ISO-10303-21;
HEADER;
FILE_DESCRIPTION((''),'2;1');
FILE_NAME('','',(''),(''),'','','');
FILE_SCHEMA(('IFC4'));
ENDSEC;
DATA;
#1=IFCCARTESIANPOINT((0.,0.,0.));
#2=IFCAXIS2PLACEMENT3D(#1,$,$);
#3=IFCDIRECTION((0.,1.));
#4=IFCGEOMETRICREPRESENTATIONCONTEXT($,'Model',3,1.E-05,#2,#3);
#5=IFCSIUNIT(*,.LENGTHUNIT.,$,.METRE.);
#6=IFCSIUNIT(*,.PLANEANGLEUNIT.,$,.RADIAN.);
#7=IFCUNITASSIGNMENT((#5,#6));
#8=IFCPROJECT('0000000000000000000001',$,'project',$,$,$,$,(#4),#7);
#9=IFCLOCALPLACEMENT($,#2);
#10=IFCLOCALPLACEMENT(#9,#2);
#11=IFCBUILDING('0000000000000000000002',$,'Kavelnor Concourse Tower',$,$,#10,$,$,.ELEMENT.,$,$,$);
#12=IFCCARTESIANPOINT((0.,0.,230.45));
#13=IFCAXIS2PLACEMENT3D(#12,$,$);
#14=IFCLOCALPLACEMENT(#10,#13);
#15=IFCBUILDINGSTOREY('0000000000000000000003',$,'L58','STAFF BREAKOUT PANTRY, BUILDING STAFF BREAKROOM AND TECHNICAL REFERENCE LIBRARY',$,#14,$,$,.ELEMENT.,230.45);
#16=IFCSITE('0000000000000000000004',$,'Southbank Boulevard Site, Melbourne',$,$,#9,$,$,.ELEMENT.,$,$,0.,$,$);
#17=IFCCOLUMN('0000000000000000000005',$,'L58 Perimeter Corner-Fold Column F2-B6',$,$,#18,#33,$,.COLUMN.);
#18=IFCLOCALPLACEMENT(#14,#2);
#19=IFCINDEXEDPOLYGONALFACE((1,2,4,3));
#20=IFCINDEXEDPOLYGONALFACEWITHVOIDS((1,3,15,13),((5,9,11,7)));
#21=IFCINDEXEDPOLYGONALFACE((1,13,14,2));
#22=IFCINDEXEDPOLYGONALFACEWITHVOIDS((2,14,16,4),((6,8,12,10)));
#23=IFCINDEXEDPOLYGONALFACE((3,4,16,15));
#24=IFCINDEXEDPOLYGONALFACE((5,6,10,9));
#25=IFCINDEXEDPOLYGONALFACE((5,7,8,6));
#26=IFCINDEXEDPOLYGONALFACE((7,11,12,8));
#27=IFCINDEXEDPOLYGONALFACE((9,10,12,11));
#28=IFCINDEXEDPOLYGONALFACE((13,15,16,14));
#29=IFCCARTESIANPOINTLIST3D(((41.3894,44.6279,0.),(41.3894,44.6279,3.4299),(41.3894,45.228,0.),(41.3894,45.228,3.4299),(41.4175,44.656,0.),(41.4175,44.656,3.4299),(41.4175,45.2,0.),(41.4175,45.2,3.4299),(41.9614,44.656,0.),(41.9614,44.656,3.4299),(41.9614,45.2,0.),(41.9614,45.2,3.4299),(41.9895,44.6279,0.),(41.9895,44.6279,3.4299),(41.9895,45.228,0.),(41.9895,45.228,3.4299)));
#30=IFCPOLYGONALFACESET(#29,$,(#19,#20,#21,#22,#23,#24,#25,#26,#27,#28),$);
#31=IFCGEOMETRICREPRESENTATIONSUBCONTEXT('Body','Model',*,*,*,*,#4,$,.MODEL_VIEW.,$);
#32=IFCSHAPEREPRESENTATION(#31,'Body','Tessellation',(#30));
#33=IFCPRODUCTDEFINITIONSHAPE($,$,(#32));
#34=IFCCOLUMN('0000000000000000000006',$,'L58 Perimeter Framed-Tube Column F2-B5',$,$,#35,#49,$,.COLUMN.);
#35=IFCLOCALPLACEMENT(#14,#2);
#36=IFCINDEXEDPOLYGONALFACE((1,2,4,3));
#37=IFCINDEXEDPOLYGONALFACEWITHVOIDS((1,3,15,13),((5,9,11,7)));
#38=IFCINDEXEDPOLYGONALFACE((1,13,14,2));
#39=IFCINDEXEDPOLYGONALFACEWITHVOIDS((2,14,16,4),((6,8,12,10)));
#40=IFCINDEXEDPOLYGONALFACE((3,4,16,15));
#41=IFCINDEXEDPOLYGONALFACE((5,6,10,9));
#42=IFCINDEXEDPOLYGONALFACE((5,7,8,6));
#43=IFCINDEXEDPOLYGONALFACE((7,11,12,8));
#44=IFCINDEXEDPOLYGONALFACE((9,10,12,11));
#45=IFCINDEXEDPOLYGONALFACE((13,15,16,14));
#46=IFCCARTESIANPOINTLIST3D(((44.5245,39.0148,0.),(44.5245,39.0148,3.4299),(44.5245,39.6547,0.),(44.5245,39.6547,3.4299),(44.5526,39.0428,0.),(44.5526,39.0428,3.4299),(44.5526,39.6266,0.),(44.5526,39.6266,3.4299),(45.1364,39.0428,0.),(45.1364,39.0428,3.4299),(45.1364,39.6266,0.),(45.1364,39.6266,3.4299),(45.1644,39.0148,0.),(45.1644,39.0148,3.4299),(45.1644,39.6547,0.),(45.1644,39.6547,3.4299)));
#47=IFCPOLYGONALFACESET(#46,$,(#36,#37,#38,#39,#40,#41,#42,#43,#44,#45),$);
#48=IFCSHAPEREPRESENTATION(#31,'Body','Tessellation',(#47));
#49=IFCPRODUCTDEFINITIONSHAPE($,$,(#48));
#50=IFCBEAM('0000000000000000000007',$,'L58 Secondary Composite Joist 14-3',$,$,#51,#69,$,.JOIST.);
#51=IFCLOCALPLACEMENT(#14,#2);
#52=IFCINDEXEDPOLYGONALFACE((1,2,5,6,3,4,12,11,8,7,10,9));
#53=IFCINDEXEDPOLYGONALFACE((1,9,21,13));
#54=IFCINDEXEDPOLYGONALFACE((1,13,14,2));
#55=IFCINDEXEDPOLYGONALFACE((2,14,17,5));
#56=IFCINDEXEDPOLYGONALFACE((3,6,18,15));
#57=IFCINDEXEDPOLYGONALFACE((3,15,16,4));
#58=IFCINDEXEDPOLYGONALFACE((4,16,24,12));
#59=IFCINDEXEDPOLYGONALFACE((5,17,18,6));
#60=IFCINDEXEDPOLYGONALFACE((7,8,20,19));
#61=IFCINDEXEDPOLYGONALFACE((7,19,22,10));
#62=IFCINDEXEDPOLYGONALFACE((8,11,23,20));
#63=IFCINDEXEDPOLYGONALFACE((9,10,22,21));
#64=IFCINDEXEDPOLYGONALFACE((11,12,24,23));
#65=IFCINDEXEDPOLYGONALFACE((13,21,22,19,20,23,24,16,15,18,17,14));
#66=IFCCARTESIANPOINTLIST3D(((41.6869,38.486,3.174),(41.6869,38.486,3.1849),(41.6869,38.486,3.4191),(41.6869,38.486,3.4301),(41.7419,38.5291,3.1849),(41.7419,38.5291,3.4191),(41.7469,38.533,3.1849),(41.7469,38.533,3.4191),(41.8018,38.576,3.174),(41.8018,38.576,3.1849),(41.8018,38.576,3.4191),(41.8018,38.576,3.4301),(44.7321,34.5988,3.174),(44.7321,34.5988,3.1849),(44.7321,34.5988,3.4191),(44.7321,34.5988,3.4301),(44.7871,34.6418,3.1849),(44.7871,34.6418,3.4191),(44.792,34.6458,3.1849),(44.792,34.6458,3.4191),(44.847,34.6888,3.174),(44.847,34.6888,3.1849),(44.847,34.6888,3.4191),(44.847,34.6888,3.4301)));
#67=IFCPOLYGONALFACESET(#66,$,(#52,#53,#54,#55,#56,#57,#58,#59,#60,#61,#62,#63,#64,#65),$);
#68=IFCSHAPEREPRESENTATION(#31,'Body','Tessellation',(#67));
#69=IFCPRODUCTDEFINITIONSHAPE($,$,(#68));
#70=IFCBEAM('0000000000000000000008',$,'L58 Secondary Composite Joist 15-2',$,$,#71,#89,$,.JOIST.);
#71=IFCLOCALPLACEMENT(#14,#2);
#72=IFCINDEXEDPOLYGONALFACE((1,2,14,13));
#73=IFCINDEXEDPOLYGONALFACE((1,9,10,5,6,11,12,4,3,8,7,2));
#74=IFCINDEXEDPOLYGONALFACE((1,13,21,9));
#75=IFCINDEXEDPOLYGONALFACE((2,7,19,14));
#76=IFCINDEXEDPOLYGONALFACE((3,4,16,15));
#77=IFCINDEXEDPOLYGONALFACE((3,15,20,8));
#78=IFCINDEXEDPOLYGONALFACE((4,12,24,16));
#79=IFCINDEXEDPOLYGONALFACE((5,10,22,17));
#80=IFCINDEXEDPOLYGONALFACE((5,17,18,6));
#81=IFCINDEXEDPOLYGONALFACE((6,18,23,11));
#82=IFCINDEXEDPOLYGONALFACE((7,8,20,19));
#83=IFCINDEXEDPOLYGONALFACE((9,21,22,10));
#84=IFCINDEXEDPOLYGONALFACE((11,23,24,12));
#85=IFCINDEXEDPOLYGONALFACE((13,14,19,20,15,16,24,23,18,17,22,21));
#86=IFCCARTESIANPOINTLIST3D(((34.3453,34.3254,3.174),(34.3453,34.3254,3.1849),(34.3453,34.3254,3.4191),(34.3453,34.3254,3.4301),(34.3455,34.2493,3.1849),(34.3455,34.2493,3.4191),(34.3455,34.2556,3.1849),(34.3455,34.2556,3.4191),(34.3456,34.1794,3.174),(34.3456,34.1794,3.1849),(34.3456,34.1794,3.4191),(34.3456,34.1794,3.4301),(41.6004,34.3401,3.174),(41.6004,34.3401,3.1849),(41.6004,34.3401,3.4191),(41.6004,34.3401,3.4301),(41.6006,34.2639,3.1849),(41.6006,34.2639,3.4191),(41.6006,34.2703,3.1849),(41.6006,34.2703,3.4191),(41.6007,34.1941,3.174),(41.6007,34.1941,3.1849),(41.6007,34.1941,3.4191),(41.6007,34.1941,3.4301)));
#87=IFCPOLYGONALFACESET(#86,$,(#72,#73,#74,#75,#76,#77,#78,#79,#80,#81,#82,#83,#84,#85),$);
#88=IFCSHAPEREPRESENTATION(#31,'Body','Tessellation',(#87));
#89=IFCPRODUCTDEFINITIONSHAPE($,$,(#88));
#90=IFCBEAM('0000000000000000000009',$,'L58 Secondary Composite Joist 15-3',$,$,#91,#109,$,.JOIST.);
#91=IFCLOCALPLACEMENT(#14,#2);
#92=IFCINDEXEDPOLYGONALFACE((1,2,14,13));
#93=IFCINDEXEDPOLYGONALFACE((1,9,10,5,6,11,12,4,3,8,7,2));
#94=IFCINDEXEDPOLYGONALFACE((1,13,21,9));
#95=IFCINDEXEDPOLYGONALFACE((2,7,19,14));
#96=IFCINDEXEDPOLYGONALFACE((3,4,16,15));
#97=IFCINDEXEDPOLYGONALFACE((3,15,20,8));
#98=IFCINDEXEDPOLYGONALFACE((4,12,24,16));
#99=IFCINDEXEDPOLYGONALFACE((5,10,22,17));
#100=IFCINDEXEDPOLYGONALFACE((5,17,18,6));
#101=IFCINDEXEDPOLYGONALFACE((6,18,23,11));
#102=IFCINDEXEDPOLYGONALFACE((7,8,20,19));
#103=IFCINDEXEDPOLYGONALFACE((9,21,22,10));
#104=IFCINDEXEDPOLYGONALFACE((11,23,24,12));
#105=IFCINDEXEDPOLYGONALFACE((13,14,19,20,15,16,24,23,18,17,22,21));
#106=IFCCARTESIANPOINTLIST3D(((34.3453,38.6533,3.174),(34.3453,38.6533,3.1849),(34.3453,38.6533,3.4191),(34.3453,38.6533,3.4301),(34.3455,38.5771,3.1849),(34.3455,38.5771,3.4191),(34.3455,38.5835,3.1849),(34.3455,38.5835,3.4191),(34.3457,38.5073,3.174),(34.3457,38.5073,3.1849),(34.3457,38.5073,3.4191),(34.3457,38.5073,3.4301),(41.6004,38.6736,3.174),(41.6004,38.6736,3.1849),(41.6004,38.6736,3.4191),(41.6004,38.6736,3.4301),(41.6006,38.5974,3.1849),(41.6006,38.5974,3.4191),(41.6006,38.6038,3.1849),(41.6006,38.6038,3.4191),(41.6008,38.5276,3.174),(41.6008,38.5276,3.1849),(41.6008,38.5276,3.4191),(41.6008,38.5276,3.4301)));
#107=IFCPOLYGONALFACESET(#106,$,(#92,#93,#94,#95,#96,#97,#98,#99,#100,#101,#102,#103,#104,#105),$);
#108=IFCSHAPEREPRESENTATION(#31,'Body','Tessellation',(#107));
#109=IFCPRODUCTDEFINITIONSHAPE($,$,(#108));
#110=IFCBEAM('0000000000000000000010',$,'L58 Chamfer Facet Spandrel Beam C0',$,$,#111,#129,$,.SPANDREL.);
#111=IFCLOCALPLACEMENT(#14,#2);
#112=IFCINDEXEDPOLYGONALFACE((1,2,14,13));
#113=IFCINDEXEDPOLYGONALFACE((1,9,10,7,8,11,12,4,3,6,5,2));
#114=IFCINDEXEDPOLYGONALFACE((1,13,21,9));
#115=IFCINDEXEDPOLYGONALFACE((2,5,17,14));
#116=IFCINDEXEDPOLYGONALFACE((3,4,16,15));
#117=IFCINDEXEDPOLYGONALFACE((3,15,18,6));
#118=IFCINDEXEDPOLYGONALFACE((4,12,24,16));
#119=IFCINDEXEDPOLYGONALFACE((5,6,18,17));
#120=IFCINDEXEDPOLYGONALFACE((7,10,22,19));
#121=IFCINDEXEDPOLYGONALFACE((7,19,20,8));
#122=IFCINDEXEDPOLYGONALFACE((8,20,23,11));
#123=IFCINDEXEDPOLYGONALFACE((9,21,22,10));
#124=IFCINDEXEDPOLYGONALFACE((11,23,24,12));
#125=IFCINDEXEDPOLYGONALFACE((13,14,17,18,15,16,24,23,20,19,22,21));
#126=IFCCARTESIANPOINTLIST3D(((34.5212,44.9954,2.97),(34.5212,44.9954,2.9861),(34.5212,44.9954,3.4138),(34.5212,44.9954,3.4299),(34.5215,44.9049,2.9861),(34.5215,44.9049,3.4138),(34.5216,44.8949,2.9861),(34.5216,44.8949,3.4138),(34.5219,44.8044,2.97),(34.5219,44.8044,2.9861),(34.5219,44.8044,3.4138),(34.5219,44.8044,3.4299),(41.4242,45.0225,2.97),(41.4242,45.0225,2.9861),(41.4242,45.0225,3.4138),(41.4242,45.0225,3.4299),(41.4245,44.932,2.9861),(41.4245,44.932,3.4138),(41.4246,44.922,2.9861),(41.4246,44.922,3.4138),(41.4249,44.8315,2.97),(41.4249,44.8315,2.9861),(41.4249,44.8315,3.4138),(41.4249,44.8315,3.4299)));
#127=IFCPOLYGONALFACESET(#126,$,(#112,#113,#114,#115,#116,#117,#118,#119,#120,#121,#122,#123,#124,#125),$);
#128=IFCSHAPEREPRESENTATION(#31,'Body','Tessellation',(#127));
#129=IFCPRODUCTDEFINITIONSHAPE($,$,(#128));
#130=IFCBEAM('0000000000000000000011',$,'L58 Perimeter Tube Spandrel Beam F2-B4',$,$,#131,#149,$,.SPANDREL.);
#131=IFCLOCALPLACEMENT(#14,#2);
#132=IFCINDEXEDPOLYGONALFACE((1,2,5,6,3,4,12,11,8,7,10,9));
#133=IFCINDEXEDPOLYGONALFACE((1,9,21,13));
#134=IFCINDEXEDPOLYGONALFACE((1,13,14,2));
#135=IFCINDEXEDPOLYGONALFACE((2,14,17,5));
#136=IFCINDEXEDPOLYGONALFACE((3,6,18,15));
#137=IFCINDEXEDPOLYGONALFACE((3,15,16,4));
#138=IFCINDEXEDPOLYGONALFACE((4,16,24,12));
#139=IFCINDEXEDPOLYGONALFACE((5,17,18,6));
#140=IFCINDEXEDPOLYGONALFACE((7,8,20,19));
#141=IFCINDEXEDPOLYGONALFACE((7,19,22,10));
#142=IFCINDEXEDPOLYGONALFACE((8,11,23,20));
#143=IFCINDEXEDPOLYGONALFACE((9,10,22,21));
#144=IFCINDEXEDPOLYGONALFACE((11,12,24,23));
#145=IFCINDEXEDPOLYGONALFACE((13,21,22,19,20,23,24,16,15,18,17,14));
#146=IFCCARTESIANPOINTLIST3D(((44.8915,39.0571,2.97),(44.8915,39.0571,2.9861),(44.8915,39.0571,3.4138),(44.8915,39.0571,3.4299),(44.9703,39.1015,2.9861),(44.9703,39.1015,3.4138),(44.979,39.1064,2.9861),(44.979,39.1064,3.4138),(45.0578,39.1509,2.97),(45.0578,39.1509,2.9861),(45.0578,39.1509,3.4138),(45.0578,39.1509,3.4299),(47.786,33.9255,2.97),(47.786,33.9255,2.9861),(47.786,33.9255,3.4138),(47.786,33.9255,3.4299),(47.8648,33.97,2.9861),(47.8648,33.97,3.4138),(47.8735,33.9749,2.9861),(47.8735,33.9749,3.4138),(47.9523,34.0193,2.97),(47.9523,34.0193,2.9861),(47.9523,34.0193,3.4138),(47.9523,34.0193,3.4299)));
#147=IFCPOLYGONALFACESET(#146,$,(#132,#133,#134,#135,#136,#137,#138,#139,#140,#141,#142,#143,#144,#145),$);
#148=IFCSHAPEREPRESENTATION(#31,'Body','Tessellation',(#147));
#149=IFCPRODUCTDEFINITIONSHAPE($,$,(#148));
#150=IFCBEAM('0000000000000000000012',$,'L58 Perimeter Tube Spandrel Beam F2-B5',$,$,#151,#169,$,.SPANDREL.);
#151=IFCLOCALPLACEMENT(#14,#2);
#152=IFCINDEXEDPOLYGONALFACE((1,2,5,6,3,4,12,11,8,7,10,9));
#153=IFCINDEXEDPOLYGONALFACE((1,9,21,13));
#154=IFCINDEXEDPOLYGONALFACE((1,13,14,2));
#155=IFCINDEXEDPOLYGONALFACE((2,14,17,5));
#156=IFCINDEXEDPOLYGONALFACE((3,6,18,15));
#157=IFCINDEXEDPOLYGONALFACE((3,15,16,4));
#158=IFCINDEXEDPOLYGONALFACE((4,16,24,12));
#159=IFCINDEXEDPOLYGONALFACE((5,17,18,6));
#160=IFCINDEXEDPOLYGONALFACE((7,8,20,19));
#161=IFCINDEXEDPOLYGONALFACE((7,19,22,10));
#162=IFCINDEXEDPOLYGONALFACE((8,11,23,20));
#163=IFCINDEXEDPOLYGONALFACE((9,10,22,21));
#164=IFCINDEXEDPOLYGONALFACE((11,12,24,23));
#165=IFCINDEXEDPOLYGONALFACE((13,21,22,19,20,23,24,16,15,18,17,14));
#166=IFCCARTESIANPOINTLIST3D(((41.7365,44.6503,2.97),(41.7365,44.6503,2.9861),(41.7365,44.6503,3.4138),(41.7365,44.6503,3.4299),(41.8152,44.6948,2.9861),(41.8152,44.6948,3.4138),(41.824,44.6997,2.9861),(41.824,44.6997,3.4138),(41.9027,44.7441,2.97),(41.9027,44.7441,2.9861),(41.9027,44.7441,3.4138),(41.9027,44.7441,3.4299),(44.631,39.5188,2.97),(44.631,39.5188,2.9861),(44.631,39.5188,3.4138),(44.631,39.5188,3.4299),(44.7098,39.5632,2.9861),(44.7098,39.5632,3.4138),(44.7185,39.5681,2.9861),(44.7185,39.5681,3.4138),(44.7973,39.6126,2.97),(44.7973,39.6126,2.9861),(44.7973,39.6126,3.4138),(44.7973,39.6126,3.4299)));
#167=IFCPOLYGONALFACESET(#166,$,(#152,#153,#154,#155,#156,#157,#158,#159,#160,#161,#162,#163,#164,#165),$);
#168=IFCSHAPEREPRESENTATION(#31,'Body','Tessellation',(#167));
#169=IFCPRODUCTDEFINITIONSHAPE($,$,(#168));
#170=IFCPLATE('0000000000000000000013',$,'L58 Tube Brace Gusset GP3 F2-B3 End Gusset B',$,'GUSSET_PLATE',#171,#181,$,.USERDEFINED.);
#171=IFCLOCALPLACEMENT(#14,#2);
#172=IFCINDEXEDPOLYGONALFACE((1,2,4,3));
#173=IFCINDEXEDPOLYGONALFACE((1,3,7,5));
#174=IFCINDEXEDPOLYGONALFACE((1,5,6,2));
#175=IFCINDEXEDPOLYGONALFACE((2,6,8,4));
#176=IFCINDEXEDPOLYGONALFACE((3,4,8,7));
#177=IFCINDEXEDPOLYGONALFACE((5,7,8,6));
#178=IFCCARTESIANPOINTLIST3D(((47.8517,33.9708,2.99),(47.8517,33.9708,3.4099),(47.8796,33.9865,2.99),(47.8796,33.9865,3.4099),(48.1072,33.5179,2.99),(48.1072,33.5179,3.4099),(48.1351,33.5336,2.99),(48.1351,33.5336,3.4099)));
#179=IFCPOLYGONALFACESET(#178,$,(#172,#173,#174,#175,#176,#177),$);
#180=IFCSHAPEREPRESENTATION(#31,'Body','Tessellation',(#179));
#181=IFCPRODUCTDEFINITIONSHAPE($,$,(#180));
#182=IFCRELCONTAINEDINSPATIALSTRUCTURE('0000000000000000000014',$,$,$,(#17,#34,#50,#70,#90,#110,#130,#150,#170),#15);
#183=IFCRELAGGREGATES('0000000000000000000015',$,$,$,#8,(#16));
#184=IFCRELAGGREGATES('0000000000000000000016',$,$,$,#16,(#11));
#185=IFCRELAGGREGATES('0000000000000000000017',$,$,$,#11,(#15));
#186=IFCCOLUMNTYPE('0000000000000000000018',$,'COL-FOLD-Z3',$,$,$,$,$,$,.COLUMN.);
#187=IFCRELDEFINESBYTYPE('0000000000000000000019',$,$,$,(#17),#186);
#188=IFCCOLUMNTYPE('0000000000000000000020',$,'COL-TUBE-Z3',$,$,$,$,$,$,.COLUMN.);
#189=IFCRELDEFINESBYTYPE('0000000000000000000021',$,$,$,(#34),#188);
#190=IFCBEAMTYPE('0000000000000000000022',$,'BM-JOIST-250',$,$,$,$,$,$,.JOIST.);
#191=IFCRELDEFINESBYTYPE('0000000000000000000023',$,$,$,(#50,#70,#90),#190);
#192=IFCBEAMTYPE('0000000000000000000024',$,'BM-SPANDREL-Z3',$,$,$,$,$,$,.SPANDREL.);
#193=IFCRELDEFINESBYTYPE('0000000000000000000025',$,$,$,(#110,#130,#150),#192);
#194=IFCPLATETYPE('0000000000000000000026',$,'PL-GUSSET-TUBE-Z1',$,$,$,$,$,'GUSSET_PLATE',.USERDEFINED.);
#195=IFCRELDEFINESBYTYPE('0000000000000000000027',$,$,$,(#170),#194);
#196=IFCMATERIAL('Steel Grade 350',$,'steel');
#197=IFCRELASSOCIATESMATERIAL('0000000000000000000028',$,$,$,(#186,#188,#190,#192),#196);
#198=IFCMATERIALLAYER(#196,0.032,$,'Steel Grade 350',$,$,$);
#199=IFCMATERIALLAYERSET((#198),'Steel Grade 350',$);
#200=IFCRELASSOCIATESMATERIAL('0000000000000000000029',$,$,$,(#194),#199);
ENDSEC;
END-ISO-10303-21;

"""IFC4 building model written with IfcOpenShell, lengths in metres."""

from ifc_helpers import new_model, si_unit, direction, frame, origin, origin_2d, place, context, subcontext, project, spatial, rectangle, hollow_rectangle, i_section, extrude, material, layer, layer_set, material_profile, profile_set, type_object, element, save


model = new_model("IFC4")

# Units and contexts
model_context = context("Model", 3, precision=1e-05, world=origin(), true_north=direction((0.0, 1.0)))
body_context = subcontext(model_context, "Body", "Model", "MODEL_VIEW")
ifc_project = project(units=[si_unit("LENGTHUNIT", "METRE"), si_unit("PLANEANGLEUNIT", "RADIAN")], contexts=[model_context])

# Site, building, storey
site_placement = place(None, origin())
site = spatial("IfcSite", under=ifc_project, at=site_placement, Name="Southbank Boulevard Site, Melbourne", CompositionType="ELEMENT", RefElevation=0.0)
building_placement = place(site_placement, origin())
building = spatial("IfcBuilding", under=site, at=building_placement, Name="Kavelnor Concourse Tower", CompositionType="ELEMENT")
storey_placement = place(building_placement, frame((0.0, 0.0, 230.45)))
storey = spatial("IfcBuildingStorey", under=building, at=storey_placement, Name="L58", Description="STAFF BREAKOUT PANTRY, BUILDING STAFF BREAKROOM AND TECHNICAL REFERENCE LIBRARY", CompositionType="ELEMENT", Elevation=230.45)

# Columns
ifc_material_1 = material(Name="Steel Grade 350", Category="steel")
ifc_material_profile_1 = material_profile(ifc_material_1, hollow_rectangle(XDim=0.6001, YDim=0.6001, WallThickness=0.0281, at=origin_2d()), Name="SHS 600x600x28")
ifc_profile_set_1 = profile_set([ifc_material_profile_1], Name="Steel Grade 350")
column_type_1 = type_object("IfcColumnType", Name="COL-FOLD-Z3", PredefinedType="COLUMN", material=ifc_profile_set_1)
column_1_placement = place(storey_placement, frame((41.6895, 44.928, 0.0), z_axis=(0.0, 0.0, 1.0), x_axis=(1.0, 0.0, 0.0)))
element("IfcColumn", 1, at=column_1_placement, inside=storey, type_object=column_type_1, Name="L58 Perimeter Corner-Fold Column F2-B6", PredefinedType="COLUMN", context=body_context, shape_type="SweptSolid", body=[
    extrude(hollow_rectangle(XDim=0.6001, YDim=0.6001, WallThickness=0.0281, at=origin_2d()), origin(), (0.0, 0.0, 1.0), 3.4299),
])
ifc_material_profile_2 = material_profile(ifc_material_1, hollow_rectangle(XDim=0.6399, YDim=0.6399, WallThickness=0.0281, at=origin_2d()), Name="SHS 640x640x28")
ifc_profile_set_2 = profile_set([ifc_material_profile_2], Name="Steel Grade 350")
column_type_2 = type_object("IfcColumnType", Name="COL-TUBE-Z3", PredefinedType="COLUMN", material=ifc_profile_set_2)
column_2_placement = place(storey_placement, frame((44.8445, 39.3347, 0.0), z_axis=(0.0, 0.0, 1.0), x_axis=(1.0, 0.0, 0.0)))
element("IfcColumn", 2, at=column_2_placement, inside=storey, type_object=column_type_2, Name="L58 Perimeter Framed-Tube Column F2-B5", PredefinedType="COLUMN", context=body_context, shape_type="SweptSolid", body=[
    extrude(hollow_rectangle(XDim=0.6399, YDim=0.6399, WallThickness=0.0281, at=origin_2d()), origin(), (0.0, 0.0, 1.0), 3.4299),
])

# Beams
ifc_material_profile_3 = material_profile(ifc_material_1, i_section(OverallWidth=0.146, OverallDepth=0.2561, WebThickness=0.0063, FlangeThickness=0.011, at=origin_2d()), Name="250UB37")
ifc_profile_set_3 = profile_set([ifc_material_profile_3], Name="Steel Grade 350")
beam_type_1 = type_object("IfcBeamType", Name="BM-JOIST-250", PredefinedType="JOIST", material=ifc_profile_set_3)
beam_1_placement = place(storey_placement, frame((44.7896, 34.6438, 3.302), z_axis=(-0.616685, 0.78721, 0.0), x_axis=(-0.78721, -0.616685, 0.0)))
element("IfcBeam", 3, at=beam_1_placement, inside=storey, type_object=beam_type_1, Name="L58 Secondary Composite Joist 14-3", PredefinedType="JOIST", context=body_context, shape_type="SweptSolid", body=[
    extrude(i_section(OverallWidth=0.146, OverallDepth=0.2561, WebThickness=0.0063, FlangeThickness=0.011, at=origin_2d()), origin(), (0.0, 0.0, 1.0), 4.938),
])
for number, where, z_axis, x_axis, name in (
    (4, (41.6006, 34.2671, 3.302), (-0.999998, -0.002019, 0.0), (0.002019, -0.999998, 0.0), "L58 Secondary Composite Joist 15-2"),
    (5, (41.6006, 38.6006, 3.302), (-0.999996, -0.002793, 0.0), (0.002793, -0.999996, 0.0), "L58 Secondary Composite Joist 15-3"),
):
    element("IfcBeam", number, at=place(storey_placement, frame(where, z_axis=z_axis, x_axis=x_axis)), inside=storey, type_object=beam_type_1, Name=name, PredefinedType="JOIST", context=body_context, shape_type="SweptSolid", body=[
        extrude(i_section(OverallWidth=0.146, OverallDepth=0.2561, WebThickness=0.0063, FlangeThickness=0.011, at=origin_2d()), origin(), (0.0, 0.0, 1.0), 7.2551),
    ])
ifc_material_profile_4 = material_profile(ifc_material_1, i_section(OverallWidth=0.1909, OverallDepth=0.46, WebThickness=0.01, FlangeThickness=0.0161, at=origin_2d()), Name="460UB82")
ifc_profile_set_4 = profile_set([ifc_material_profile_4], Name="Steel Grade 350")
beam_type_2 = type_object("IfcBeamType", Name="BM-SPANDREL-Z3", PredefinedType="SPANDREL", material=ifc_profile_set_4)
beam_2_placement = place(storey_placement, frame((41.4246, 44.927, 3.2), z_axis=(-0.999992, -0.003926, 0.0), x_axis=(0.003926, -0.999992, 0.0)))
element("IfcBeam", 6, at=beam_2_placement, inside=storey, type_object=beam_type_2, Name="L58 Chamfer Facet Spandrel Beam C0", PredefinedType="SPANDREL", context=body_context, shape_type="SweptSolid", body=[
    extrude(i_section(OverallWidth=0.1909, OverallDepth=0.46, WebThickness=0.01, FlangeThickness=0.0161, at=origin_2d()), origin(), (0.0, 0.0, 1.0), 6.9031),
])
for number, where, z_axis, x_axis, name in (
    (7, (47.8691, 33.9724, 3.2), (-0.491294, 0.870994, 0.0), (-0.870994, -0.491294, 0.0), "L58 Perimeter Tube Spandrel Beam F2-B4"),
    (8, (44.7141, 39.5657, 3.2), (-0.491294, 0.870994, 0.0), (-0.870994, -0.491294, 0.0), "L58 Perimeter Tube Spandrel Beam F2-B5"),
):
    element("IfcBeam", number, at=place(storey_placement, frame(where, z_axis=z_axis, x_axis=x_axis)), inside=storey, type_object=beam_type_2, Name=name, PredefinedType="SPANDREL", context=body_context, shape_type="SweptSolid", body=[
        extrude(i_section(OverallWidth=0.1909, OverallDepth=0.46, WebThickness=0.01, FlangeThickness=0.0161, at=origin_2d()), origin(), (0.0, 0.0, 1.0), 5.8916),
    ])

# Plate
ifc_layer_1 = layer(ifc_material_1, 0.032, Name="Steel Grade 350")
ifc_layer_set_1 = layer_set([ifc_layer_1], Name="Steel Grade 350")
plate_type_1 = type_object("IfcPlateType", Name="PL-GUSSET-TUBE-Z1", ElementType="GUSSET_PLATE", PredefinedType="USERDEFINED", material=ifc_layer_set_1)
plate_1_placement = place(storey_placement, frame((47.9934, 33.7522, 2.99), z_axis=(0.0, 0.0, 1.0), x_axis=(-0.49136, 0.870957, 0.0)))
element("IfcPlate", 9, at=plate_1_placement, inside=storey, type_object=plate_type_1, Name="L58 Tube Brace Gusset GP3 F2-B3 End Gusset B", ObjectType="GUSSET_PLATE", PredefinedType="USERDEFINED", context=body_context, shape_type="SweptSolid", body=[
    extrude(rectangle(XDim=0.52, YDim=0.032, at=origin_2d()), origin(), (0.0, 0.0, 1.0), 0.4199),
])

save(model, "model.ifc")
